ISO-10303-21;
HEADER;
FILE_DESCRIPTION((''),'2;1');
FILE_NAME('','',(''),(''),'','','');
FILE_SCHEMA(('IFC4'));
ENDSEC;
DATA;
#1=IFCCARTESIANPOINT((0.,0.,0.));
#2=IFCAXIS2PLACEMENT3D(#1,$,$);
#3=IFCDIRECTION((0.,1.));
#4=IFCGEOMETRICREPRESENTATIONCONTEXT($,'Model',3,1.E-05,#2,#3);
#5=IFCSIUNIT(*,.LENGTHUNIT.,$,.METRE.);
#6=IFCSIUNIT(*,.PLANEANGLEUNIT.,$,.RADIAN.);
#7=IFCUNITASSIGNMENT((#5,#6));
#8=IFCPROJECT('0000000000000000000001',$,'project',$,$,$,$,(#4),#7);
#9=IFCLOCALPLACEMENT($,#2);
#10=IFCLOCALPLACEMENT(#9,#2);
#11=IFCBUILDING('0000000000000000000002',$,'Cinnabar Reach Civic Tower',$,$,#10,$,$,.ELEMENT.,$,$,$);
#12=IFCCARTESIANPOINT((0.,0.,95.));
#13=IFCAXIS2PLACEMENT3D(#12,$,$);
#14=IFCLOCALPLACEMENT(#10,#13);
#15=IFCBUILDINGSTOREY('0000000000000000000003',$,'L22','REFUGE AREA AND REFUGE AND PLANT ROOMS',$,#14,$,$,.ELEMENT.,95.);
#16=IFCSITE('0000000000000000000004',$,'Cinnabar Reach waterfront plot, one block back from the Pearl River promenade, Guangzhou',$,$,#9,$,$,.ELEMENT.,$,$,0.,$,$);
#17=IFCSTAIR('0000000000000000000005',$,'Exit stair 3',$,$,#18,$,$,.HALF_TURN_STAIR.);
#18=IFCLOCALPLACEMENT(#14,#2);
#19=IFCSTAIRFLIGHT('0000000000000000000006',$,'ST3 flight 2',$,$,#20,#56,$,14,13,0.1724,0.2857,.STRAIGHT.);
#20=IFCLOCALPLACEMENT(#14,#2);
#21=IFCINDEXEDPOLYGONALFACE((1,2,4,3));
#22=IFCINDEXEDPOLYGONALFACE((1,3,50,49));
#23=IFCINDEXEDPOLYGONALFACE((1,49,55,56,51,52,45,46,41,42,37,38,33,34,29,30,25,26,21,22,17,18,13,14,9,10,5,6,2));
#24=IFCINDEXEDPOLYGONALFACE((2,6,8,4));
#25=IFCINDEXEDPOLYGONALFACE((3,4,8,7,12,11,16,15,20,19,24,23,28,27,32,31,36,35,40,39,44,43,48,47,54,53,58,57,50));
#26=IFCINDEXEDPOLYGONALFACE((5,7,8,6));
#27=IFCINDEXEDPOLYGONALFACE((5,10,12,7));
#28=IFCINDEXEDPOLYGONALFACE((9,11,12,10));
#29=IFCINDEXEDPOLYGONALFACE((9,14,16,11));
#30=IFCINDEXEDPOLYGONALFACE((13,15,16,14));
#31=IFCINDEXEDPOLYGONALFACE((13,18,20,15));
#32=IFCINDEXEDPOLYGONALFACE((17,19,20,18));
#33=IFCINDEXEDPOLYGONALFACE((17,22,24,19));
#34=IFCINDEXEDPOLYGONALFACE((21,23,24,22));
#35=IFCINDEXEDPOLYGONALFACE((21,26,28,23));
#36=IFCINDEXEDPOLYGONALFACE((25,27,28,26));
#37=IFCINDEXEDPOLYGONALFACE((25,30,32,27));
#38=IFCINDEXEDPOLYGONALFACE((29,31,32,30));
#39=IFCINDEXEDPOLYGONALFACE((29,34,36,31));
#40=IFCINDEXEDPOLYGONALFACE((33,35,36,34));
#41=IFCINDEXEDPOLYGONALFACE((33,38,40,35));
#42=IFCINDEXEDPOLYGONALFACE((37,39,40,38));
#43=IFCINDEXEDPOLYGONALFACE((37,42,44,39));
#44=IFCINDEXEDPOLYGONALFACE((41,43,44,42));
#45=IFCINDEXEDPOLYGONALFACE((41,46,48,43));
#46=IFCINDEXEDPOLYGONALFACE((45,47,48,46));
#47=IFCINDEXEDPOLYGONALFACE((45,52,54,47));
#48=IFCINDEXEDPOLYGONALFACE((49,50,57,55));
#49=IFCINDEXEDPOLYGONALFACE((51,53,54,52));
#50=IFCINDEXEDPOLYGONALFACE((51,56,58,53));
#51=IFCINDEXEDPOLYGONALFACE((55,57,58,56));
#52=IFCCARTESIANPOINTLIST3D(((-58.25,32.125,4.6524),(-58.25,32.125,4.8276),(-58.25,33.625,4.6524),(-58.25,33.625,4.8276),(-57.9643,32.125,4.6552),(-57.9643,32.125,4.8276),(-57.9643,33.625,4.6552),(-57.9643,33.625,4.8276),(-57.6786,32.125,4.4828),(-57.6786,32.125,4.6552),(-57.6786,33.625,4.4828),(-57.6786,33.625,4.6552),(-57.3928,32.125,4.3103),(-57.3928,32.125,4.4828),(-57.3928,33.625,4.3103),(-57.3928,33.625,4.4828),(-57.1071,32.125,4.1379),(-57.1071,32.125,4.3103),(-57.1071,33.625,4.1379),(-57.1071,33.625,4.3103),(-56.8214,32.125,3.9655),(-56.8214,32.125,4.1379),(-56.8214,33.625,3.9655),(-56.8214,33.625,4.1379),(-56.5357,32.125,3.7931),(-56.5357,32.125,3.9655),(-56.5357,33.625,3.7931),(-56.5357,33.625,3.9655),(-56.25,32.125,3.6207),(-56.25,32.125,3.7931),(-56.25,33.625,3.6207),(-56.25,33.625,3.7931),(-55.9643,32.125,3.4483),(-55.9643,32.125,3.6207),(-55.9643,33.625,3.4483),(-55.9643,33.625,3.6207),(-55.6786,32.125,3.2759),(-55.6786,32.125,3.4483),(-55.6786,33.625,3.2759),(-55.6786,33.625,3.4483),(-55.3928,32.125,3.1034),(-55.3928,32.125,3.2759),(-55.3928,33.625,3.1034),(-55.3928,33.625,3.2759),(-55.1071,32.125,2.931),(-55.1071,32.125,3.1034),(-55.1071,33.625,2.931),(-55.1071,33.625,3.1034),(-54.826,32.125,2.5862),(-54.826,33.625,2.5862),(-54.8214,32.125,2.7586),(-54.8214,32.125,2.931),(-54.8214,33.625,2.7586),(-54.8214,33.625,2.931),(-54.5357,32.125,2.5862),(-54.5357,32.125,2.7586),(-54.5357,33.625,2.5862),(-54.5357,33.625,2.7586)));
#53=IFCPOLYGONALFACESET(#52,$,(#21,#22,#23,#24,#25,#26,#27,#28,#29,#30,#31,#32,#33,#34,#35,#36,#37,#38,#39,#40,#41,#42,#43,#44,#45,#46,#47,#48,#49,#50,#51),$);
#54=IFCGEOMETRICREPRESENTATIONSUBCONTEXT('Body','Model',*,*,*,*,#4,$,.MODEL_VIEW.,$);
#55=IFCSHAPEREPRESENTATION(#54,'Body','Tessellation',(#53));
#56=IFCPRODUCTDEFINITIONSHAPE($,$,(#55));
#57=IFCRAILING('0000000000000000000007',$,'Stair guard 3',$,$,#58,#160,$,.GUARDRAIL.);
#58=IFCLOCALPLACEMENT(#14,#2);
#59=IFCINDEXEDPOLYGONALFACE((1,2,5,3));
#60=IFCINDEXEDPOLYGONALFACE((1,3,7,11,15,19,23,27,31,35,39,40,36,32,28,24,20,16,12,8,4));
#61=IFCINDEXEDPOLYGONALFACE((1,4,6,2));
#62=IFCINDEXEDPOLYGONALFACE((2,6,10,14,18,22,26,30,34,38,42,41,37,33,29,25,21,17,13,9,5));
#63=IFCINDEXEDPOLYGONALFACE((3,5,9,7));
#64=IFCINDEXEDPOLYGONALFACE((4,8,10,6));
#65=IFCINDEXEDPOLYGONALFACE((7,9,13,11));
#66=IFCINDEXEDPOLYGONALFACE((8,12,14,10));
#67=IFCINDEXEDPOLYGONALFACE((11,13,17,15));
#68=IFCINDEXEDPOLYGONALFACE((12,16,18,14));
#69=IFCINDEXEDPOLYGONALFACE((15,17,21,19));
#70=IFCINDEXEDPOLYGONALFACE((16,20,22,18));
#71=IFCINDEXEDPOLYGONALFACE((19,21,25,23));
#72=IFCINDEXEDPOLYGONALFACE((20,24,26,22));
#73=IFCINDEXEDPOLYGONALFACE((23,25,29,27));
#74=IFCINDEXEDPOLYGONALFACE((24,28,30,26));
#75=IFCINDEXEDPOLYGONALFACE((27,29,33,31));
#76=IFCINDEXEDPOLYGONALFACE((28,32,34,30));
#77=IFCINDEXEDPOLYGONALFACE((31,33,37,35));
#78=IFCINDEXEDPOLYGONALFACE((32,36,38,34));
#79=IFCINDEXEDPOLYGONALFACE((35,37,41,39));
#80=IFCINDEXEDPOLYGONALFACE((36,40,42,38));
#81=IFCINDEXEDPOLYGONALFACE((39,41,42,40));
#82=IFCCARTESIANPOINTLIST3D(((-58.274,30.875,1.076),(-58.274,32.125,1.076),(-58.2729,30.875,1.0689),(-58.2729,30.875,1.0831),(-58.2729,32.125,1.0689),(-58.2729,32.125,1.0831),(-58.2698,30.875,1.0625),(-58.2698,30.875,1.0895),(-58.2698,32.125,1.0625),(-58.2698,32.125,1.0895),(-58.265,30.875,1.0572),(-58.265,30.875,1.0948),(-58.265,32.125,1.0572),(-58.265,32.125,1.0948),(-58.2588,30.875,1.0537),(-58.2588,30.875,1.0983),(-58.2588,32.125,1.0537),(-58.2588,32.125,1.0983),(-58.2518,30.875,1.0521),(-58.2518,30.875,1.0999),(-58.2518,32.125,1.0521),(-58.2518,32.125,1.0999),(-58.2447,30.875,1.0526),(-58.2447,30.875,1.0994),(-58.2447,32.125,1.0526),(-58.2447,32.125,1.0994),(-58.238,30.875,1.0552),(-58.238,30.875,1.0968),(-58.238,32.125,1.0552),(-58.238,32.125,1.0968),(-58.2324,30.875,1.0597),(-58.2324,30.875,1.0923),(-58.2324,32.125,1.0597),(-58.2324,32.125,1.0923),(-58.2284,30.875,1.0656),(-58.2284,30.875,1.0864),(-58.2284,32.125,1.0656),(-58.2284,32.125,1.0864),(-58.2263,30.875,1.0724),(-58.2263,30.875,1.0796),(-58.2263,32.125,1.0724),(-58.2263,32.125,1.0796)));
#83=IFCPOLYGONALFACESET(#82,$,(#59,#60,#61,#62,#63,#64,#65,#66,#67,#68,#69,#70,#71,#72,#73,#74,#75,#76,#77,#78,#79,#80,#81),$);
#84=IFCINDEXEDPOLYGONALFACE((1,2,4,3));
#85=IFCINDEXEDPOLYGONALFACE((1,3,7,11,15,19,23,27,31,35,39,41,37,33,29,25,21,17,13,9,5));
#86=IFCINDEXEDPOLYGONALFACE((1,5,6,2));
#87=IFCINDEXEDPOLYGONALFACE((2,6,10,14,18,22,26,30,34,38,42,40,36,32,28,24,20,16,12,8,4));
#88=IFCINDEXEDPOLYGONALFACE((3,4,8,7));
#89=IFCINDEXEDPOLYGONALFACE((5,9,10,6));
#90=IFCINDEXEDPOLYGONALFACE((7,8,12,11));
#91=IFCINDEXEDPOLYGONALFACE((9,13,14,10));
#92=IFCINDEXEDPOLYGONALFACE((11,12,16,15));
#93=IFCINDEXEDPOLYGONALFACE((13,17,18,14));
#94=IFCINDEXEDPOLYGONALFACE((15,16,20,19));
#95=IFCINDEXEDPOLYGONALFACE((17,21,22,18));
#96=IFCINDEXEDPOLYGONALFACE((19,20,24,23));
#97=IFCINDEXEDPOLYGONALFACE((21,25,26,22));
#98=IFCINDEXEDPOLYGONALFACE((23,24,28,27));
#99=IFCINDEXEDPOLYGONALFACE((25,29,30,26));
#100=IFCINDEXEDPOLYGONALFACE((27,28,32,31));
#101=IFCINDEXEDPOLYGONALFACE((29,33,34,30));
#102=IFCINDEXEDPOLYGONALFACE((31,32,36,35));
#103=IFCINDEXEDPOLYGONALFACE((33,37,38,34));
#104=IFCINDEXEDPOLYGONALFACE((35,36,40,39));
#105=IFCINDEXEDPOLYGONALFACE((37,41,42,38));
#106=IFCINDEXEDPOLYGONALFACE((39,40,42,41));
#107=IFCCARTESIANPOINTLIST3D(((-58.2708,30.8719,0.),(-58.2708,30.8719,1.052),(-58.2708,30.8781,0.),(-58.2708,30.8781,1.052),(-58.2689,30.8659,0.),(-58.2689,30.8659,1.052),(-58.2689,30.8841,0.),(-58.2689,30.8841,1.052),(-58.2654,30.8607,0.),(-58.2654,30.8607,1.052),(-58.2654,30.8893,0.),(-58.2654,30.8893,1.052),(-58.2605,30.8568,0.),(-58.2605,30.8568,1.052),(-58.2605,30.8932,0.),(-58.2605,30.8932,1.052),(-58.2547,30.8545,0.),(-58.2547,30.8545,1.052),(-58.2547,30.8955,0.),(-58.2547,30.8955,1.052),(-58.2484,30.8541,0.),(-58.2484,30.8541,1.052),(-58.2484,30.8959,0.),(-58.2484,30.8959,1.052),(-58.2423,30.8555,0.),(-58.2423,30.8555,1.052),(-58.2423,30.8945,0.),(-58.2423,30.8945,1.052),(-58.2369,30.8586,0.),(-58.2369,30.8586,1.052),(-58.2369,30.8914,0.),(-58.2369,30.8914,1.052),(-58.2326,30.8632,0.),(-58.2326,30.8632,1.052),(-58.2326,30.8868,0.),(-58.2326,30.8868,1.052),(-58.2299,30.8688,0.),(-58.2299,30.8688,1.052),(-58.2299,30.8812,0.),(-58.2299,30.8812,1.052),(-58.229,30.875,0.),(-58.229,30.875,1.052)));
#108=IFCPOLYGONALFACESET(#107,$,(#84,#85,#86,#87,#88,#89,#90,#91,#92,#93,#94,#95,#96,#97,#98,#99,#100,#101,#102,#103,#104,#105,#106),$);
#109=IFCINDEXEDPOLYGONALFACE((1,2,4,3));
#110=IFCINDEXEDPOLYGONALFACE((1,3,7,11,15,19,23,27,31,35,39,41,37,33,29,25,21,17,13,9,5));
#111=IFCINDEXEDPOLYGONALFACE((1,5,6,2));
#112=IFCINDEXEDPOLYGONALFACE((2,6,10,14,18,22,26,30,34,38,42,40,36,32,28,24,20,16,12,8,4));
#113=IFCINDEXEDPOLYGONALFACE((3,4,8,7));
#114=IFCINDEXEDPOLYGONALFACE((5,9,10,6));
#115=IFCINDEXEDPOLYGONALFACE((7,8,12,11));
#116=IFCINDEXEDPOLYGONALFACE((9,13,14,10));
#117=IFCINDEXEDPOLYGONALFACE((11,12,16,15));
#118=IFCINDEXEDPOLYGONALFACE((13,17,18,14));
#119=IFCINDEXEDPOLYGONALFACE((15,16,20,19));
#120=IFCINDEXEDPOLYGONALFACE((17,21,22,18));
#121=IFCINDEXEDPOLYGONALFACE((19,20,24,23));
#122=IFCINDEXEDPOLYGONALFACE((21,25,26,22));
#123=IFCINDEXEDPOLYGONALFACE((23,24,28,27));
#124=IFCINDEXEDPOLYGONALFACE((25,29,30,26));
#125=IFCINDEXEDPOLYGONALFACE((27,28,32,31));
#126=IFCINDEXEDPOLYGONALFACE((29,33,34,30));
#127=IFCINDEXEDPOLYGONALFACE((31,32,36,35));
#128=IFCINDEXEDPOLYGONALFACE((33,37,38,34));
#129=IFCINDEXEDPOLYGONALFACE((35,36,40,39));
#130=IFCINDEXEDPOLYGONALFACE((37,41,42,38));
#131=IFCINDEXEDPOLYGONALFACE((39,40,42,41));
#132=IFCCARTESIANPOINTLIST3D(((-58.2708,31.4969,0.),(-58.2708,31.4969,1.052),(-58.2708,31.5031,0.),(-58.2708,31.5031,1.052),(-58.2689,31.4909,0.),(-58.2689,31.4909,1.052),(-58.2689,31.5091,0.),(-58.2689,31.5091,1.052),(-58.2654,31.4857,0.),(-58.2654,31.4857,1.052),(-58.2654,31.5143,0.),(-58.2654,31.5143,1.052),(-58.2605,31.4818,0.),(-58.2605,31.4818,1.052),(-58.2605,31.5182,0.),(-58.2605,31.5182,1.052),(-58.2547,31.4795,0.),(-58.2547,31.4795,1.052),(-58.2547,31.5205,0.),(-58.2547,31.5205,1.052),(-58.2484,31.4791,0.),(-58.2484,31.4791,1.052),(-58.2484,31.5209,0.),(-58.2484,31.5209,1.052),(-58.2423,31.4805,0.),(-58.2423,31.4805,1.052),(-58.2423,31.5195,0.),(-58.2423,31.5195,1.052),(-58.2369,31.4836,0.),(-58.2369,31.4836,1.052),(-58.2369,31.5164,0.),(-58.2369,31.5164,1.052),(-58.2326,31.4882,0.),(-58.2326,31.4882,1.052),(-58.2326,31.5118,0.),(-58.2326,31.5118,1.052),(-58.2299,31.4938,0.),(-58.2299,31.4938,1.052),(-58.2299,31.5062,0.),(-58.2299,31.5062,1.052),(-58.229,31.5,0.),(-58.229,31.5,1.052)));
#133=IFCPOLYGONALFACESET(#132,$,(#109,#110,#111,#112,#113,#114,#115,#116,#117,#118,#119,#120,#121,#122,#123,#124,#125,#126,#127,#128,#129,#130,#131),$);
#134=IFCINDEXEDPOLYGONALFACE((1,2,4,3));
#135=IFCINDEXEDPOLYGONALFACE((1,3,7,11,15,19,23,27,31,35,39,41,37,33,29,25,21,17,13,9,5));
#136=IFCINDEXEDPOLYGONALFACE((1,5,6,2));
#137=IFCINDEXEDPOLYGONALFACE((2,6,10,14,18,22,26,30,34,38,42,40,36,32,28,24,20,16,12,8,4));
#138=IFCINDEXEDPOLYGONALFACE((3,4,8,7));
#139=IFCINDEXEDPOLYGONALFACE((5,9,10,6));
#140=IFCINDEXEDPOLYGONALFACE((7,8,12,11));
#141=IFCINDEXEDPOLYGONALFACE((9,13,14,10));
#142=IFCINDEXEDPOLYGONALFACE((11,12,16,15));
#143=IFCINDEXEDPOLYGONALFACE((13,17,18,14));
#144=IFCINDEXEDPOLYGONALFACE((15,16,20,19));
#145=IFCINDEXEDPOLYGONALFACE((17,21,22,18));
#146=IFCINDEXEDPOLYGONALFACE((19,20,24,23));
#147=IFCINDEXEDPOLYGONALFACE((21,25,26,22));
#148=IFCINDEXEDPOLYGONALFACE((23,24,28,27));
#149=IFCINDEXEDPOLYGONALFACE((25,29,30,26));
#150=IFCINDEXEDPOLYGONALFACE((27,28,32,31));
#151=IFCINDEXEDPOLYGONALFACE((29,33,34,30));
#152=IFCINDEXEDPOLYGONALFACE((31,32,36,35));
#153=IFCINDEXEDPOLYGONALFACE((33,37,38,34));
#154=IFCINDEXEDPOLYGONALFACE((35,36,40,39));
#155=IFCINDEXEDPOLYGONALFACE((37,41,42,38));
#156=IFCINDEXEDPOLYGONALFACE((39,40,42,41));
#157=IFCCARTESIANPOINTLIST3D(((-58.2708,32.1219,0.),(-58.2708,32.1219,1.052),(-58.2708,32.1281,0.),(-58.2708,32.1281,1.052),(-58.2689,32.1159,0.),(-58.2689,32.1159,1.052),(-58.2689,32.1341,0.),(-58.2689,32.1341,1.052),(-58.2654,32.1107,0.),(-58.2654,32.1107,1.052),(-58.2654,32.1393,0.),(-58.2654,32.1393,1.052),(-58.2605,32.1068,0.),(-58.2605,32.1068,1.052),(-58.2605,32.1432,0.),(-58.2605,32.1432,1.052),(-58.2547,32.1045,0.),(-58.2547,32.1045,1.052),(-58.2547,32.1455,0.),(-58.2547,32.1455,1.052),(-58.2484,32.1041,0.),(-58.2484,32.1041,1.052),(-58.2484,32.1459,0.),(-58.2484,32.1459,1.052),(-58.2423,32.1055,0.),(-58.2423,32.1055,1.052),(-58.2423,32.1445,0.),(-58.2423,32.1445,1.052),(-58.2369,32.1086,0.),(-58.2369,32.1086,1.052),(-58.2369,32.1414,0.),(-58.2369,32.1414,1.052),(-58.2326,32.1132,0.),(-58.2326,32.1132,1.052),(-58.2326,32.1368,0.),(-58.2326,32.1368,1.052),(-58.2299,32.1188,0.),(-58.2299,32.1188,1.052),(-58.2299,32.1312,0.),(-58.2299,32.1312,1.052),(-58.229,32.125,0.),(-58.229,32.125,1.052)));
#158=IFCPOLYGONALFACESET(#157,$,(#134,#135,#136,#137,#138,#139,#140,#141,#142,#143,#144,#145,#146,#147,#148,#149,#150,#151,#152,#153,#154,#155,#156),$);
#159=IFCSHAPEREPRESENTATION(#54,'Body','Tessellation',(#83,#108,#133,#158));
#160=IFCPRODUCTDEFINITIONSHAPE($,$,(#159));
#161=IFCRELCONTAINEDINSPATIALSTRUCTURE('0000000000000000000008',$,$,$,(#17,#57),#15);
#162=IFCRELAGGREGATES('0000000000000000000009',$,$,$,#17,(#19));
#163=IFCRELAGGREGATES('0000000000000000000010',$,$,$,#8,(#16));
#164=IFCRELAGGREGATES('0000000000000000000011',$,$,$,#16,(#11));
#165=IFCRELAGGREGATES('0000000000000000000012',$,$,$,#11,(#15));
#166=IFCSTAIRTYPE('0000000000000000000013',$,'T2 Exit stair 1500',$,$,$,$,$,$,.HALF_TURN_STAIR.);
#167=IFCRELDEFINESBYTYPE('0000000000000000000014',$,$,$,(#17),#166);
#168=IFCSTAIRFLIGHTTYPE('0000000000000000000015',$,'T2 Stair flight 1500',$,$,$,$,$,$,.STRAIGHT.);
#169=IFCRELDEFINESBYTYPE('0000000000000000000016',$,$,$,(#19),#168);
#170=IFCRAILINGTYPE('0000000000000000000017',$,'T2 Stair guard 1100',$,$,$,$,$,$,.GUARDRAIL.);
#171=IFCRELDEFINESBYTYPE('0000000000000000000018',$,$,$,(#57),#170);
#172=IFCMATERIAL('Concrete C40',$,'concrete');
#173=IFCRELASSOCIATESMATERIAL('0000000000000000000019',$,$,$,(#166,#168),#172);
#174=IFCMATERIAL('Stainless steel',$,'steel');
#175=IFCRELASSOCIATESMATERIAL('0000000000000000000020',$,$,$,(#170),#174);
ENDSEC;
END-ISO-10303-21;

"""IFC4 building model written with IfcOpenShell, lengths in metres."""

from ifc_helpers import new_model, si_unit, direction, frame, origin, origin_2d, place, context, subcontext, project, spatial, polyline, circle, outline, extrude, material, type_object, element, aggregate, save


model = new_model("IFC4")

# Units and contexts
model_context = context("Model", 3, precision=1e-05, world=origin(), true_north=direction((0.0, 1.0)))
body_context = subcontext(model_context, "Body", "Model", "MODEL_VIEW")
ifc_project = project(units=[si_unit("LENGTHUNIT", "METRE"), si_unit("PLANEANGLEUNIT", "RADIAN")], contexts=[model_context])

# Site, building, storey
site_placement = place(None, origin())
site = spatial("IfcSite", under=ifc_project, at=site_placement, Name="Cinnabar Reach waterfront plot, one block back from the Pearl River promenade, Guangzhou", CompositionType="ELEMENT", RefElevation=0.0)
building_placement = place(site_placement, origin())
building = spatial("IfcBuilding", under=site, at=building_placement, Name="Cinnabar Reach Civic Tower", CompositionType="ELEMENT")
storey_placement = place(building_placement, frame((0.0, 0.0, 95.0)))
storey = spatial("IfcBuildingStorey", under=building, at=storey_placement, Name="L22", Description="REFUGE AREA AND REFUGE AND PLANT ROOMS", CompositionType="ELEMENT", Elevation=95.0)

# Stair, stair flight
ifc_material_1 = material(Name="Concrete C40", Category="concrete")
stair_type = type_object("IfcStairType", Name="T2 Exit stair 1500", PredefinedType="HALF_TURN_STAIR", material=ifc_material_1)
stair_placement = place(storey_placement, origin())
stair = element("IfcStair", 1, at=stair_placement, inside=storey, type_object=stair_type, Name="Exit stair 3", PredefinedType="HALF_TURN_STAIR")
stair_flight_type = type_object("IfcStairFlightType", Name="T2 Stair flight 1500", PredefinedType="STRAIGHT", material=ifc_material_1)
stair_flight_1_placement = place(storey_placement, frame((-54.5357, 32.875, 2.5862), z_axis=(0.0, 0.0, 1.0), x_axis=(-1.0, 0.0, 0.0)))
stair_flight_1 = element("IfcStairFlight", 2, at=stair_flight_1_placement, type_object=stair_flight_type, Name="ST3 flight 2", NumberOfRisers=14, NumberOfTreads=13, PredefinedType="STRAIGHT", RiserHeight=0.1724, TreadLength=0.2857, context=body_context, shape_type="SweptSolid", body=[
    extrude(outline(polyline([(0.0, 0.0), (0.0, 0.1724), (0.2857, 0.1724), (0.2857, 0.3448), (0.5714, 0.3448), (0.5714, 0.5172), (0.8571, 0.5172), (0.8571, 0.6897), (1.1429, 0.6897), (1.1429, 0.8621), (1.4286, 0.8621), (1.4286, 1.0345), (1.7143, 1.0345), (1.7143, 1.2069), (2.0, 1.2069), (2.0, 1.3793), (2.2857, 1.3793), (2.2857, 1.5517), (2.5714, 1.5517), (2.5714, 1.7241), (2.8571, 1.7241), (2.8571, 1.8966), (3.1429, 1.8966), (3.1429, 2.069), (3.4286, 2.069), (3.4286, 2.2414), (3.7143, 2.2414), (3.7143, 2.4138), (3.7143, 2.0662), (0.2903, 0.0), (0.0, 0.0)])), frame((0.0, 0.75, 0.0), z_axis=(0.0, -1.0, 0.0), x_axis=(1.0, 0.0, 0.0)), (0.0, 0.0, 1.0), 1.5),
])
aggregate(stair, [stair_flight_1])

# Railing
ifc_material_2 = material(Name="Stainless steel", Category="steel")
railing_type = type_object("IfcRailingType", Name="T2 Stair guard 1100", PredefinedType="GUARDRAIL", material=ifc_material_2)
railing_1_placement = place(storey_placement, frame((-58.25, 30.875, 0.0)))
element("IfcRailing", 3, at=railing_1_placement, inside=storey, type_object=railing_type, Name="Stair guard 3", PredefinedType="GUARDRAIL", context=body_context, shape_type="SweptSolid", body=[
    extrude(circle(Radius=0.024, at=origin_2d()), frame((0.0, 0.0, 1.076), z_axis=(0.0, 1.0, 0.0), x_axis=(-1.0, 0.0, 0.0)), (0.0, 0.0, 1.0), 1.25),
    extrude(circle(Radius=0.021, at=origin_2d()), origin(), (0.0, 0.0, 1.0), 1.052),
    extrude(circle(Radius=0.021, at=origin_2d()), frame((0.0, 0.625, 0.0)), (0.0, 0.0, 1.0), 1.052),
    extrude(circle(Radius=0.021, at=origin_2d()), frame((0.0, 1.25, 0.0)), (0.0, 0.0, 1.0), 1.052),
])

save(model, "model.ifc")
